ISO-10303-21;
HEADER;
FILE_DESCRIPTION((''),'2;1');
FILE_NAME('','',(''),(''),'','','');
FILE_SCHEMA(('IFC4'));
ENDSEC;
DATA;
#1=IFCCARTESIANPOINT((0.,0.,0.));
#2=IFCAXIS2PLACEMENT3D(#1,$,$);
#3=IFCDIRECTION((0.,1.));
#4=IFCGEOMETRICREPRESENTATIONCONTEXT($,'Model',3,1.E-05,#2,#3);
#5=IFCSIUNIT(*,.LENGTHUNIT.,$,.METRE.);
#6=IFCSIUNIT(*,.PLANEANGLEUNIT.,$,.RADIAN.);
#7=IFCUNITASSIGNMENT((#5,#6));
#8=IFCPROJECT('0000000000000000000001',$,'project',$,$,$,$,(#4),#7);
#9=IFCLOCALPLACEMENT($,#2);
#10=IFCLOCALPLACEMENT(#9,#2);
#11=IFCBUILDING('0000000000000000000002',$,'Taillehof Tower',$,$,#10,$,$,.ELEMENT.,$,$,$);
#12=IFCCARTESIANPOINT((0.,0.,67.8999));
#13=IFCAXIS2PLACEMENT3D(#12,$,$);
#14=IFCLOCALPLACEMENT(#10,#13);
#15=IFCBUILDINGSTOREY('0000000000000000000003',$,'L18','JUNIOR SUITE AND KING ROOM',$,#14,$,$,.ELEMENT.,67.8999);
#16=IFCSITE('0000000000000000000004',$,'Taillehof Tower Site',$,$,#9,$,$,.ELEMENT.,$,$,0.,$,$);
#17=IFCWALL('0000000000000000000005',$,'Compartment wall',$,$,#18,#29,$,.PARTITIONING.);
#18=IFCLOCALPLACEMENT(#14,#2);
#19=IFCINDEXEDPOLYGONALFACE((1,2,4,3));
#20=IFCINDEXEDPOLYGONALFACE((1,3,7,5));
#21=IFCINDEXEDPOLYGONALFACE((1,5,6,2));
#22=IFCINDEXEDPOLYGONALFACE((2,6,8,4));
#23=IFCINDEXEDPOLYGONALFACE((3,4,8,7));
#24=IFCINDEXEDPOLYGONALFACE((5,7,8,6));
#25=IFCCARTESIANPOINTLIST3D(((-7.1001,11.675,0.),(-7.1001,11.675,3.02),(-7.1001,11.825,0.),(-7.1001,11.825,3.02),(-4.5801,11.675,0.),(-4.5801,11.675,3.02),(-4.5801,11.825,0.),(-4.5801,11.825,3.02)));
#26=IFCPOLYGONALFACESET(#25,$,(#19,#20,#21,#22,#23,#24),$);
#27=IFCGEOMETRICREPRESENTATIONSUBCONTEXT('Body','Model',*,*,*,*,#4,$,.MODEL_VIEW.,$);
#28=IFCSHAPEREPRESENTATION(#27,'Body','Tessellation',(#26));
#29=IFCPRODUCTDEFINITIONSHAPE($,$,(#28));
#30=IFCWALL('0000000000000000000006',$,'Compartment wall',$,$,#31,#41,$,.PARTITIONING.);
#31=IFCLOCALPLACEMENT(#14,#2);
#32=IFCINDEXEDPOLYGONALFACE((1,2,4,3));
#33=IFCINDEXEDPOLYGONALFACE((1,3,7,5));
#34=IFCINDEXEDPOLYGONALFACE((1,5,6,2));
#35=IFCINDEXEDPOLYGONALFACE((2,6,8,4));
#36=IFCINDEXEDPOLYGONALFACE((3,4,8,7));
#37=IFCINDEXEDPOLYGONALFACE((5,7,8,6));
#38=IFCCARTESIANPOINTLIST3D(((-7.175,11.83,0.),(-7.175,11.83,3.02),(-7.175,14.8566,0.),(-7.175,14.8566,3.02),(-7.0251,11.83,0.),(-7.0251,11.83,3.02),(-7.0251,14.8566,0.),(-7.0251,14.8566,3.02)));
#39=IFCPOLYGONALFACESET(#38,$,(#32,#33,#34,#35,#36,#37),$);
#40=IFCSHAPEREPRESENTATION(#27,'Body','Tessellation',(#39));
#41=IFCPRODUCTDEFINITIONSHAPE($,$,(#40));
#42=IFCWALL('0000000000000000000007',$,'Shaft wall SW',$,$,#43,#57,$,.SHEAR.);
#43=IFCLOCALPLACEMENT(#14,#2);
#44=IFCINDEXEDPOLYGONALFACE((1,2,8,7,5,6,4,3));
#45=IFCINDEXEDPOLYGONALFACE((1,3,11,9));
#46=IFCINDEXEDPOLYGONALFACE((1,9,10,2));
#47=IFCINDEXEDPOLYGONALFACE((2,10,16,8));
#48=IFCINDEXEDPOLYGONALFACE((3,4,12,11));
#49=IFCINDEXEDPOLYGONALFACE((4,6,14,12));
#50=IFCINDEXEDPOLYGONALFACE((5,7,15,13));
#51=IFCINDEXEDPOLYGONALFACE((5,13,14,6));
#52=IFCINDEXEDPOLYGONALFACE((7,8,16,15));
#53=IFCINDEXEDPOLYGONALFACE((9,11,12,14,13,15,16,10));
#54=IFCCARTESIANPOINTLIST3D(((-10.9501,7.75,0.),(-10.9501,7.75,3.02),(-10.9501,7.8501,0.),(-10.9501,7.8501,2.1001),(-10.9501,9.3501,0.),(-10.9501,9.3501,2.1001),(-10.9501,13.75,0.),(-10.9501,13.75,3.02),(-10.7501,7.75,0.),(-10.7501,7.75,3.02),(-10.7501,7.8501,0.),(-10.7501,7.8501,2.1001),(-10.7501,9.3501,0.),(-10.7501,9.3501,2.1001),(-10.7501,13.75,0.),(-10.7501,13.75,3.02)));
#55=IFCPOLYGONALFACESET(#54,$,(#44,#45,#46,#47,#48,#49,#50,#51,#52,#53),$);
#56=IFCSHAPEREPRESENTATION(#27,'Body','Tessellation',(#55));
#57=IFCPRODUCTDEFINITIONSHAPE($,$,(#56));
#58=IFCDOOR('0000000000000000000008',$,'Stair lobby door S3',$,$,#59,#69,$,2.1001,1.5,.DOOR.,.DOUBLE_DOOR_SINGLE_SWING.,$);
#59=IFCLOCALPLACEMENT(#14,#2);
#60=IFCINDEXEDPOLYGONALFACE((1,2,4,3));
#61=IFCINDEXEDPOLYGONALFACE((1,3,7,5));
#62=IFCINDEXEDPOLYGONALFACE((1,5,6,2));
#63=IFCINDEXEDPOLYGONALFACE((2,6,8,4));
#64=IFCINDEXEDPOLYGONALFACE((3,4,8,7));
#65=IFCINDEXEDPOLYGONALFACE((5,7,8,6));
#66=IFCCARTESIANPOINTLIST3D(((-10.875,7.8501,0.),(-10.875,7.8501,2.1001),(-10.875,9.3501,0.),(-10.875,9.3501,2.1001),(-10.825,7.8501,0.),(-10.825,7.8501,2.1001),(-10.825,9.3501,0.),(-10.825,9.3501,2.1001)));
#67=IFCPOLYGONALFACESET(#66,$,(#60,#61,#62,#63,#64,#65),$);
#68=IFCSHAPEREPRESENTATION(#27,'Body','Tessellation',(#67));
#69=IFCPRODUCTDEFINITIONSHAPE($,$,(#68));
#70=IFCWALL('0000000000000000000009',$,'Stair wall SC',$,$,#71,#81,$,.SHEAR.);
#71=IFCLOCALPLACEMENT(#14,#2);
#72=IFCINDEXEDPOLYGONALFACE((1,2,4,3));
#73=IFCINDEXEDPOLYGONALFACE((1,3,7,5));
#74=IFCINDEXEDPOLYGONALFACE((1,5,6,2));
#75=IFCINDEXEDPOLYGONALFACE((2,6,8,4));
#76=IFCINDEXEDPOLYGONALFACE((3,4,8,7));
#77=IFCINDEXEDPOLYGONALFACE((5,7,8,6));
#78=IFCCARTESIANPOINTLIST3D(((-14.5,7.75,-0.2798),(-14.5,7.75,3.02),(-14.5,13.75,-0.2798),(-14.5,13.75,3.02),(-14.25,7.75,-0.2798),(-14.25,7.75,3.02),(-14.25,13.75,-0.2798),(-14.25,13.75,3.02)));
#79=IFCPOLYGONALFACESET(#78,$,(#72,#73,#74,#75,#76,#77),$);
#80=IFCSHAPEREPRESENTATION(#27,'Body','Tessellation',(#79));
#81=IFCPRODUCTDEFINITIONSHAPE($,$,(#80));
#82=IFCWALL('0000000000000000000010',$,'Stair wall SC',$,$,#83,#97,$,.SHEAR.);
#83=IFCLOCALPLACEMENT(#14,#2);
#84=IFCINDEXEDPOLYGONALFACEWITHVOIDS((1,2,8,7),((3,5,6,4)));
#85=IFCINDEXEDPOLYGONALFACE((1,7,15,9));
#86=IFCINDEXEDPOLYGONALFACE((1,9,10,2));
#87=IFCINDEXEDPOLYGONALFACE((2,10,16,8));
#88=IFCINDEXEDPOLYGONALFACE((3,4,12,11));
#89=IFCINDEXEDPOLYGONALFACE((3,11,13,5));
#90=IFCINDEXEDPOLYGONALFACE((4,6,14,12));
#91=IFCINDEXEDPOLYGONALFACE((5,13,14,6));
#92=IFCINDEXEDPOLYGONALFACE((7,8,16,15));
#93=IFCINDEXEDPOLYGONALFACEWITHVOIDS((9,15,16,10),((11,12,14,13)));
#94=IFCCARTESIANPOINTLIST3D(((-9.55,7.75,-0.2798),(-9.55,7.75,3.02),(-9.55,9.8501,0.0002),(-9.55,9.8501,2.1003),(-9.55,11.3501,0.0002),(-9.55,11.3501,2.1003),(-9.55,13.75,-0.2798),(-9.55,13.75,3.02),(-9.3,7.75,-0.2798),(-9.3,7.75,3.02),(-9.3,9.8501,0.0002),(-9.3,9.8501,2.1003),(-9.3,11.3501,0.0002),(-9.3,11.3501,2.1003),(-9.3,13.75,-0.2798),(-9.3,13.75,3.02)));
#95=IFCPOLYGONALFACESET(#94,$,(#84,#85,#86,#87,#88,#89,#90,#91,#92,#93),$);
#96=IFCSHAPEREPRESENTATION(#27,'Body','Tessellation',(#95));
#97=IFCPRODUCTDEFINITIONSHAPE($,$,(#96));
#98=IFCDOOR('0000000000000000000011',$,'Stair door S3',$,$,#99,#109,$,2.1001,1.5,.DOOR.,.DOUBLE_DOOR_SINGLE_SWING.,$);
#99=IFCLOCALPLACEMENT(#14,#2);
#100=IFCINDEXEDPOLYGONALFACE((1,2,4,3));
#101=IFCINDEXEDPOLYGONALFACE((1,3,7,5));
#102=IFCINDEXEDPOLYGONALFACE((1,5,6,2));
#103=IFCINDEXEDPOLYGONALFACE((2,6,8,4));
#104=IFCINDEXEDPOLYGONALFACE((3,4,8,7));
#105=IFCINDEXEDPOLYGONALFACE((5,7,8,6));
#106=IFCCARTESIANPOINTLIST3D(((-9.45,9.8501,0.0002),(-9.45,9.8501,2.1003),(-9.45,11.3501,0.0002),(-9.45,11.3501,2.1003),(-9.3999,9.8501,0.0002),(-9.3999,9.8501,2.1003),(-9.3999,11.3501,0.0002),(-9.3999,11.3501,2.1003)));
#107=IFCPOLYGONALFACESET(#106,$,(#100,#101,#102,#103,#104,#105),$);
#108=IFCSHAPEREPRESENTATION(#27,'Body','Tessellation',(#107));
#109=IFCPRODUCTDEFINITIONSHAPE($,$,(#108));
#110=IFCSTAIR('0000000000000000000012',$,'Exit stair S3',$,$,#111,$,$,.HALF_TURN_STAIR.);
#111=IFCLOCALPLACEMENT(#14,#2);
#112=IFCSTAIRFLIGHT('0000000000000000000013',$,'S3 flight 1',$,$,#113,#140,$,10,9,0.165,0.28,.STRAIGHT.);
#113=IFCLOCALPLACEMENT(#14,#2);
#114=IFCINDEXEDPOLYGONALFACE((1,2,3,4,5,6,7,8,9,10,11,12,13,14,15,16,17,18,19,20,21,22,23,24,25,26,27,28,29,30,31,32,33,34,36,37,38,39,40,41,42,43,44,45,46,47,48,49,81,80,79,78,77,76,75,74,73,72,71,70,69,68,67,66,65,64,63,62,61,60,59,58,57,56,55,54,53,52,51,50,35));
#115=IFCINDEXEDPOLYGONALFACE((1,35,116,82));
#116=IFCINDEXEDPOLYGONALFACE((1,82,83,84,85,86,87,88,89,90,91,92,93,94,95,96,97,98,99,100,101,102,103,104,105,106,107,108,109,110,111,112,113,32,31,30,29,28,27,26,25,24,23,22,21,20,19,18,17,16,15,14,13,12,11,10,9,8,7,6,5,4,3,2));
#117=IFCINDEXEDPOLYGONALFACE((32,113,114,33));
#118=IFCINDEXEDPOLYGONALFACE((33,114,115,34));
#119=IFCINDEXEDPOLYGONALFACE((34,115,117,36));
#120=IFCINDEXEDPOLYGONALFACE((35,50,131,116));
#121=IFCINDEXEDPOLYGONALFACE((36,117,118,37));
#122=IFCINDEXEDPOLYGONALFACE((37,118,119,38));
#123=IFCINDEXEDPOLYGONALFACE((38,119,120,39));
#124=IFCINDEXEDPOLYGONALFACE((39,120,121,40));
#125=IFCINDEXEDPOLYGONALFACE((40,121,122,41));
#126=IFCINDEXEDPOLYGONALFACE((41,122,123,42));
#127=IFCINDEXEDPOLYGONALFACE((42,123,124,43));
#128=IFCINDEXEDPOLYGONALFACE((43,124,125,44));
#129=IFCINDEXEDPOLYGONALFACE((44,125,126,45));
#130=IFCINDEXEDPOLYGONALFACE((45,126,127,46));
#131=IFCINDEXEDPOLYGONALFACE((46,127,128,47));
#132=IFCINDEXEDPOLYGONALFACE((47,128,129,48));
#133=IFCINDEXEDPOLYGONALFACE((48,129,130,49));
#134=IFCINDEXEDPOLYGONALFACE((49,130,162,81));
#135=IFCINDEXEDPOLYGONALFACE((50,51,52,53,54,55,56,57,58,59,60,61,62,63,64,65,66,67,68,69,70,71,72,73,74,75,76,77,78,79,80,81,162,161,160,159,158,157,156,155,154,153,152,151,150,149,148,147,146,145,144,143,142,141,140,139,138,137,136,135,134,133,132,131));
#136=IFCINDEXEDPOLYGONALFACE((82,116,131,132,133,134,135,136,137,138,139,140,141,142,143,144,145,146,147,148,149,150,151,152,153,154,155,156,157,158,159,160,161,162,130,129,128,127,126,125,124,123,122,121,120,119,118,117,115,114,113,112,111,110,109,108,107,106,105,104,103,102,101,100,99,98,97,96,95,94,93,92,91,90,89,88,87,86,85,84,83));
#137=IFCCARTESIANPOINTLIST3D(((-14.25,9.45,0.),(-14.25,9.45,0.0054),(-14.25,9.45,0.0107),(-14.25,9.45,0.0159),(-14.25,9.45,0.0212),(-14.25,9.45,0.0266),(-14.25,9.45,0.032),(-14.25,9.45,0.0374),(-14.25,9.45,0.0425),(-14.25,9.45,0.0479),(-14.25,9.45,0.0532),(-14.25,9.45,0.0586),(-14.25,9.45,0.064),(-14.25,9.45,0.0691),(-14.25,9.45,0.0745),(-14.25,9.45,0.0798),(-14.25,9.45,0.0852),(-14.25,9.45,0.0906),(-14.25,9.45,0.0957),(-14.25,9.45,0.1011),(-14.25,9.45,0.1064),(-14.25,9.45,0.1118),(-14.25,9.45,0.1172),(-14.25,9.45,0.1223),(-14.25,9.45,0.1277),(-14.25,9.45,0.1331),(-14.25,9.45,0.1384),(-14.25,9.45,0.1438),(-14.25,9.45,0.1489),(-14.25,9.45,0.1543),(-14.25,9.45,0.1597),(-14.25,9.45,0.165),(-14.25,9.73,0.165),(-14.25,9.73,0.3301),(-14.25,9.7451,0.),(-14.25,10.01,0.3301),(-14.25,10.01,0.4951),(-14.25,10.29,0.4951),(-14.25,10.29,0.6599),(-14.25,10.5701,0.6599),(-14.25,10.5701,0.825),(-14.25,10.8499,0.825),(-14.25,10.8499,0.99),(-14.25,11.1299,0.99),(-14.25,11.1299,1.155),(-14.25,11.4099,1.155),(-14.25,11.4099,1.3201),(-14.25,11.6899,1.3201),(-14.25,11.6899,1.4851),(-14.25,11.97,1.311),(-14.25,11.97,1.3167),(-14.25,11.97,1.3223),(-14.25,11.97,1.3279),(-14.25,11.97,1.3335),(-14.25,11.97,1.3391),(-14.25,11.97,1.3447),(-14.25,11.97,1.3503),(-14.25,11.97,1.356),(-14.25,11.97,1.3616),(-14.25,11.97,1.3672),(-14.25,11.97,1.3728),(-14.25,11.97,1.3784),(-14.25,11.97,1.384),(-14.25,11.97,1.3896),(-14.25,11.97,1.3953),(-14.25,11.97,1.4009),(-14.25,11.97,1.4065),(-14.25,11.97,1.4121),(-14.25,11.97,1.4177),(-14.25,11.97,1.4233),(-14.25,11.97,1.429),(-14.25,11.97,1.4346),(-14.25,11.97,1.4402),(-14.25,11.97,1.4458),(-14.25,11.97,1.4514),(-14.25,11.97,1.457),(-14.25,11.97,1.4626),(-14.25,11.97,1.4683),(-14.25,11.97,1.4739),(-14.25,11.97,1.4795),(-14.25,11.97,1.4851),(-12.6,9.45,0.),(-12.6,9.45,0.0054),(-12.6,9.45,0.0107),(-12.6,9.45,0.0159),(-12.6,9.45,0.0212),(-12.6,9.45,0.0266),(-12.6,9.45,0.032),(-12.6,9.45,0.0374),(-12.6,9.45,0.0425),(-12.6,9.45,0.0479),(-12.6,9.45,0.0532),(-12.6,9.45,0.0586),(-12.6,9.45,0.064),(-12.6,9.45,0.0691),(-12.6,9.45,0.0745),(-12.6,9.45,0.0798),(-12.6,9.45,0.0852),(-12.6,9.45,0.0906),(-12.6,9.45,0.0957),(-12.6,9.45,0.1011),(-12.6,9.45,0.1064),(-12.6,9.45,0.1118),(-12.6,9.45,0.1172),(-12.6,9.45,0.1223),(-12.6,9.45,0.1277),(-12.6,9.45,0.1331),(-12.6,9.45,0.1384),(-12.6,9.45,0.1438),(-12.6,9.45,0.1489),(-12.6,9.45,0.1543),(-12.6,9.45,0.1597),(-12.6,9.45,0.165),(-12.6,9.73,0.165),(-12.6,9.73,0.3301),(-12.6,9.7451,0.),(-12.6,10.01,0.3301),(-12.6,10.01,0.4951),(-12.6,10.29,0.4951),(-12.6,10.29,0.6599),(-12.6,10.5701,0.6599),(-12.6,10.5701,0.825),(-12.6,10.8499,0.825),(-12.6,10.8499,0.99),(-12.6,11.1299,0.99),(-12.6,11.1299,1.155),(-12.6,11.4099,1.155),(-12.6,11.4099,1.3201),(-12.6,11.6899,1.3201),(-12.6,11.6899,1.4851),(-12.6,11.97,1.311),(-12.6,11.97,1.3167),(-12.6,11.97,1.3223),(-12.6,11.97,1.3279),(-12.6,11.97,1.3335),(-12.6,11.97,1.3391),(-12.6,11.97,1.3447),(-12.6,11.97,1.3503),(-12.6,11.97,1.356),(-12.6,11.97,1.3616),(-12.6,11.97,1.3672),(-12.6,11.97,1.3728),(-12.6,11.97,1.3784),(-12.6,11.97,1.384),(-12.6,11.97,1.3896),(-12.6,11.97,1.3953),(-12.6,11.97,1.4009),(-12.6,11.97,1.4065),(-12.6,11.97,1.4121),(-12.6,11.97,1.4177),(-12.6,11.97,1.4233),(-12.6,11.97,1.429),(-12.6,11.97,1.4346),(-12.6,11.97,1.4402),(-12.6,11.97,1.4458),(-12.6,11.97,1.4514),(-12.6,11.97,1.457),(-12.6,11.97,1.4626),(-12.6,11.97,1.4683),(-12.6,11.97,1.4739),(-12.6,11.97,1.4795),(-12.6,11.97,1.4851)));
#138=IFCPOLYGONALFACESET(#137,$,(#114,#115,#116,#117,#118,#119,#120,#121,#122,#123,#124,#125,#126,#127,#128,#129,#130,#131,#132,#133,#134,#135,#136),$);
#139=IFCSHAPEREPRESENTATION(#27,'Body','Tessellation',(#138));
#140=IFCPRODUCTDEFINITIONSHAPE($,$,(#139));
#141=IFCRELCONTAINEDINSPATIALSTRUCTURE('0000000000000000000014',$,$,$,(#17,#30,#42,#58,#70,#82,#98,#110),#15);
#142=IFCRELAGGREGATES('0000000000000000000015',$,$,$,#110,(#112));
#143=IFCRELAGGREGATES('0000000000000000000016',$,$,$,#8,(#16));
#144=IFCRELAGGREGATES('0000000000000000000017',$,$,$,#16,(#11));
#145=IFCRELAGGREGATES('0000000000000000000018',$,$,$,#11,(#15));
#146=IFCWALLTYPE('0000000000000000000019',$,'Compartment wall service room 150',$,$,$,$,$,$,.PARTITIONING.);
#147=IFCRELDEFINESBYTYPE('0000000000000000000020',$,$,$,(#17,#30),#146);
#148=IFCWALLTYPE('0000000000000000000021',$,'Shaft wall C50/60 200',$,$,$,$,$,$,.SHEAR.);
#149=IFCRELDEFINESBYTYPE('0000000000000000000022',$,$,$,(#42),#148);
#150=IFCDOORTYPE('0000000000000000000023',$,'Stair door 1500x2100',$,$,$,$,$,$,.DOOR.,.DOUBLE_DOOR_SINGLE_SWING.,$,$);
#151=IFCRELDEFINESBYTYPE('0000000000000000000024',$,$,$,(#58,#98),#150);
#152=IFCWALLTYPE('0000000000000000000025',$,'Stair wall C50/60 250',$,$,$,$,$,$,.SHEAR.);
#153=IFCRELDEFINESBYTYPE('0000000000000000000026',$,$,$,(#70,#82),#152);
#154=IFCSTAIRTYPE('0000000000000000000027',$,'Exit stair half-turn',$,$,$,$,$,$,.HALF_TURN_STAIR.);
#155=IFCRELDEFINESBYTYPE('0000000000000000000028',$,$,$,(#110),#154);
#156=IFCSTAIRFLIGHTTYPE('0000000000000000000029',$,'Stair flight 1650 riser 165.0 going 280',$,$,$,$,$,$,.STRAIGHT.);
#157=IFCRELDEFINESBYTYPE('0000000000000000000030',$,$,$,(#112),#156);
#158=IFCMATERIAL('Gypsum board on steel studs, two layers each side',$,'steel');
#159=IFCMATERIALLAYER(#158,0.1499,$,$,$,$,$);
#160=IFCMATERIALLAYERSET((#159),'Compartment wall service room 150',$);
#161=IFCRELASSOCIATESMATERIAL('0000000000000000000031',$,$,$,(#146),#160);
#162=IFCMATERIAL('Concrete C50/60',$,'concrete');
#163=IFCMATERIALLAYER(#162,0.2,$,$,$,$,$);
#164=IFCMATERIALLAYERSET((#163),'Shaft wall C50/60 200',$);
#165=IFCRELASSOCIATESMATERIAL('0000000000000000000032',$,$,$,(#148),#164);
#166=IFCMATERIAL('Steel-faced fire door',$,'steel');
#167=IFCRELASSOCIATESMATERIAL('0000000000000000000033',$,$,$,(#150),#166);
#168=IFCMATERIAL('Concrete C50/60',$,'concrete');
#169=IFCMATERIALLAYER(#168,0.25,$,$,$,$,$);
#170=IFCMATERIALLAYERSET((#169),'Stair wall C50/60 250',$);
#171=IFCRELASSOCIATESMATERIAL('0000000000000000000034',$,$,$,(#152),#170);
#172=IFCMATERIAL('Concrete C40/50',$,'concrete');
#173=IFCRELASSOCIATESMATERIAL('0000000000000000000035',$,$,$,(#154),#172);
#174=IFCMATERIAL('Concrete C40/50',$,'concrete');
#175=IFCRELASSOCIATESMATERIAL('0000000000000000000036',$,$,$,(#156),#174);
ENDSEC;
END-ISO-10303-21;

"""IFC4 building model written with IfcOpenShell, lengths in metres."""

from ifc_helpers import new_model, si_unit, direction, frame, frame_2d, origin, place, context, subcontext, project, spatial, polyline, rectangle, outline, extrude, material, layer, layer_set, type_object, element, fill, aggregate, save


model = new_model("IFC4")

# Units and contexts
model_context = context("Model", 3, precision=1e-05, world=origin(), true_north=direction((0.0, 1.0)))
body_context = subcontext(model_context, "Body", "Model", "MODEL_VIEW")
ifc_project = project(units=[si_unit("LENGTHUNIT", "METRE"), si_unit("PLANEANGLEUNIT", "RADIAN")], contexts=[model_context])

# Site, building, storey
site_placement = place(None, origin())
site = spatial("IfcSite", under=ifc_project, at=site_placement, Name="Taillehof Tower Site", CompositionType="ELEMENT", RefElevation=0.0)
building_placement = place(site_placement, origin())
building = spatial("IfcBuilding", under=site, at=building_placement, Name="Taillehof Tower", CompositionType="ELEMENT")
storey_placement = place(building_placement, frame((0.0, 0.0, 67.8999)))
storey = spatial("IfcBuildingStorey", under=building, at=storey_placement, Name="L18", Description="JUNIOR SUITE AND KING ROOM", CompositionType="ELEMENT", Elevation=67.8999)

# Walls
ifc_material_1 = material(Name="Gypsum board on steel studs, two layers each side", Category="steel")
ifc_layer_1 = layer(ifc_material_1, 0.1499)
ifc_layer_set_1 = layer_set([ifc_layer_1], Name="Compartment wall service room 150")
wall_type_1 = type_object("IfcWallType", Name="Compartment wall service room 150", PredefinedType="PARTITIONING", material=ifc_layer_set_1)
wall_1_placement = place(storey_placement, frame((-4.5801, 11.75, 0.0), z_axis=(0.0, 0.0, 1.0), x_axis=(-1.0, 0.0, 0.0)))
element("IfcWall", 1, at=wall_1_placement, inside=storey, type_object=wall_type_1, Name="Compartment wall", PredefinedType="PARTITIONING", context=body_context, shape_type="SweptSolid", body=[
    extrude(rectangle(XDim=2.52, YDim=0.1499, at=frame_2d((1.26, 0.0))), origin(), (0.0, 0.0, 1.0), 3.02),
])
wall_2_placement = place(storey_placement, frame((-7.1001, 11.8301, 0.0), z_axis=(0.0, 0.0, 1.0), x_axis=(0.0, 1.0, 0.0)))
element("IfcWall", 2, at=wall_2_placement, inside=storey, type_object=wall_type_1, Name="Compartment wall", PredefinedType="PARTITIONING", context=body_context, shape_type="SweptSolid", body=[
    extrude(rectangle(XDim=3.0266, YDim=0.1499, at=frame_2d((1.5132, 0.0))), origin(), (0.0, 0.0, 1.0), 3.02),
])

# Wall, opening, door
ifc_material_2 = material(Name="Concrete C50/60", Category="concrete")
ifc_layer_2 = layer(ifc_material_2, 0.2)
ifc_layer_set_2 = layer_set([ifc_layer_2], Name="Shaft wall C50/60 200")
wall_type_2 = type_object("IfcWallType", Name="Shaft wall C50/60 200", PredefinedType="SHEAR", material=ifc_layer_set_2)
wall_3_placement = place(storey_placement, frame((-10.8501, 7.75, 0.0), z_axis=(0.0, 0.0, 1.0), x_axis=(0.0, 1.0, 0.0)))
wall_3 = element("IfcWall", 3, at=wall_3_placement, inside=storey, type_object=wall_type_2, Name="Shaft wall SW", PredefinedType="SHEAR", context=body_context, shape_type="SweptSolid", body=[
    extrude(rectangle(XDim=6.0, YDim=0.2, at=frame_2d((3.0, 0.0))), origin(), (0.0, 0.0, 1.0), 3.02),
])
opening_1_placement = place(wall_3_placement, frame((0.1001, 0.0, 0.0)))
opening_1 = element("IfcOpeningElement", 4, at=opening_1_placement, cuts=wall_3, PredefinedType="OPENING", context=body_context, shape_type="SweptSolid", body=[
    extrude(rectangle(XDim=1.5, YDim=2.1001, at=frame_2d((0.75, 1.05))), frame((0.0, 0.1099, 0.0), z_axis=(0.0, -1.0, 0.0), x_axis=(1.0, 0.0, 0.0)), (0.0, 0.0, 1.0), 0.22),
])
ifc_material_3 = material(Name="Steel-faced fire door", Category="steel")
door_type = type_object("IfcDoorType", Name="Stair door 1500x2100", OperationType="DOUBLE_DOOR_SINGLE_SWING", PredefinedType="DOOR", material=ifc_material_3)
door_1_placement = place(opening_1_placement, origin())
door_1 = element("IfcDoor", 5, at=door_1_placement, inside=storey, type_object=door_type, Name="Stair lobby door S3", OperationType="DOUBLE_DOOR_SINGLE_SWING", OverallHeight=2.1001, OverallWidth=1.5, PredefinedType="DOOR", context=body_context, shape_type="SweptSolid", body=[
    extrude(rectangle(XDim=1.5, YDim=2.1001, at=frame_2d((0.75, 1.05))), frame((0.0, 0.0249, 0.0), z_axis=(0.0, -1.0, 0.0), x_axis=(1.0, 0.0, 0.0)), (0.0, 0.0, 1.0), 0.05),
])
fill(opening_1, door_1)

# Wall
ifc_material_4 = material(Name="Concrete C50/60", Category="concrete")
ifc_layer_3 = layer(ifc_material_4, 0.25)
ifc_layer_set_3 = layer_set([ifc_layer_3], Name="Stair wall C50/60 250")
wall_type_3 = type_object("IfcWallType", Name="Stair wall C50/60 250", PredefinedType="SHEAR", material=ifc_layer_set_3)
wall_4_placement = place(storey_placement, frame((-14.375, 7.75, -0.2798), z_axis=(0.0, 0.0, 1.0), x_axis=(0.0, 1.0, 0.0)))
element("IfcWall", 6, at=wall_4_placement, inside=storey, type_object=wall_type_3, Name="Stair wall SC", PredefinedType="SHEAR", context=body_context, shape_type="SweptSolid", body=[
    extrude(rectangle(XDim=6.0, YDim=0.25, at=frame_2d((3.0, 0.0))), origin(), (0.0, 0.0, 1.0), 3.2998),
])

# Wall, opening, door
wall_5_placement = place(storey_placement, frame((-9.425, 7.75, -0.2798), z_axis=(0.0, 0.0, 1.0), x_axis=(0.0, 1.0, 0.0)))
wall_5 = element("IfcWall", 7, at=wall_5_placement, inside=storey, type_object=wall_type_3, Name="Stair wall SC", PredefinedType="SHEAR", context=body_context, shape_type="SweptSolid", body=[
    extrude(rectangle(XDim=6.0, YDim=0.25, at=frame_2d((3.0, 0.0))), origin(), (0.0, 0.0, 1.0), 3.2998),
])
opening_2_placement = place(wall_5_placement, frame((2.1001, 0.0, 0.28)))
opening_2 = element("IfcOpeningElement", 8, at=opening_2_placement, cuts=wall_5, PredefinedType="OPENING", context=body_context, shape_type="SweptSolid", body=[
    extrude(rectangle(XDim=1.5, YDim=2.1001, at=frame_2d((0.75, 1.05))), frame((0.0, 0.135, 0.0), z_axis=(0.0, -1.0, 0.0), x_axis=(1.0, 0.0, 0.0)), (0.0, 0.0, 1.0), 0.27),
])
door_2_placement = place(opening_2_placement, origin())
door_2 = element("IfcDoor", 9, at=door_2_placement, inside=storey, type_object=door_type, Name="Stair door S3", OperationType="DOUBLE_DOOR_SINGLE_SWING", OverallHeight=2.1001, OverallWidth=1.5, PredefinedType="DOOR", context=body_context, shape_type="SweptSolid", body=[
    extrude(rectangle(XDim=1.5, YDim=2.1001, at=frame_2d((0.75, 1.05))), frame((0.0, 0.0249, 0.0), z_axis=(0.0, -1.0, 0.0), x_axis=(1.0, 0.0, 0.0)), (0.0, 0.0, 1.0), 0.05),
])
fill(opening_2, door_2)

# Stair, stair flight
ifc_material_5 = material(Name="Concrete C40/50", Category="concrete")
stair_type = type_object("IfcStairType", Name="Exit stair half-turn", PredefinedType="HALF_TURN_STAIR", material=ifc_material_5)
stair_placement = place(storey_placement, origin())
stair = element("IfcStair", 10, at=stair_placement, inside=storey, type_object=stair_type, Name="Exit stair S3", PredefinedType="HALF_TURN_STAIR")
ifc_material_6 = material(Name="Concrete C40/50", Category="concrete")
stair_flight_type = type_object("IfcStairFlightType", Name="Stair flight 1650 riser 165.0 going 280", PredefinedType="STRAIGHT", material=ifc_material_6)
stair_flight_1_placement = place(storey_placement, frame((-13.425, 9.45, 0.0), z_axis=(0.0, 0.0, 1.0), x_axis=(0.0, 1.0, 0.0)))
stair_flight_1 = element("IfcStairFlight", 11, at=stair_flight_1_placement, type_object=stair_flight_type, Name="S3 flight 1", NumberOfRisers=10, NumberOfTreads=9, PredefinedType="STRAIGHT", RiserHeight=0.165, TreadLength=0.28, context=body_context, shape_type="SweptSolid", body=[
    extrude(outline(polyline([(0.0, 0.0), (0.0, 0.0054), (0.0, 0.0107), (0.0, 0.0159), (0.0, 0.0212), (0.0, 0.0266), (0.0, 0.032), (0.0, 0.0374), (0.0, 0.0425), (0.0, 0.0479), (0.0, 0.0532), (0.0, 0.0586), (0.0, 0.064), (0.0, 0.0691), (0.0, 0.0745), (0.0, 0.0798), (0.0, 0.0852), (0.0, 0.0906), (0.0, 0.0957), (0.0, 0.1011), (0.0, 0.1064), (0.0, 0.1118), (0.0, 0.1172), (0.0, 0.1223), (0.0, 0.1277), (0.0, 0.1331), (0.0, 0.1384), (0.0, 0.1438), (0.0, 0.1489), (0.0, 0.1543), (0.0, 0.1597), (0.0, 0.165), (0.28, 0.165), (0.28, 0.3301), (0.5601, 0.3301), (0.5601, 0.4951), (0.8401, 0.4951), (0.8401, 0.6599), (1.1201, 0.6599), (1.1201, 0.825), (1.3999, 0.825), (1.3999, 0.99), (1.6799, 0.99), (1.6799, 1.155), (1.96, 1.155), (1.96, 1.3201), (2.24, 1.3201), (2.24, 1.4851), (2.52, 1.4851), (2.52, 1.4795), (2.52, 1.4739), (2.52, 1.4683), (2.52, 1.4626), (2.52, 1.457), (2.52, 1.4514), (2.52, 1.4458), (2.52, 1.4402), (2.52, 1.4346), (2.52, 1.429), (2.52, 1.4233), (2.52, 1.4177), (2.52, 1.4121), (2.52, 1.4065), (2.52, 1.4009), (2.52, 1.3953), (2.52, 1.3896), (2.52, 1.384), (2.52, 1.3784), (2.52, 1.3728), (2.52, 1.3672), (2.52, 1.3616), (2.52, 1.356), (2.52, 1.3503), (2.52, 1.3447), (2.52, 1.3391), (2.52, 1.3335), (2.52, 1.3279), (2.52, 1.3223), (2.52, 1.3167), (2.52, 1.311), (0.2952, 0.0), (0.0, 0.0)])), frame((0.0, 0.825, 0.0), z_axis=(0.0, -1.0, 0.0), x_axis=(1.0, 0.0, 0.0)), (0.0, 0.0, 1.0), 1.65),
])
aggregate(stair, [stair_flight_1])

save(model, "model.ifc")
